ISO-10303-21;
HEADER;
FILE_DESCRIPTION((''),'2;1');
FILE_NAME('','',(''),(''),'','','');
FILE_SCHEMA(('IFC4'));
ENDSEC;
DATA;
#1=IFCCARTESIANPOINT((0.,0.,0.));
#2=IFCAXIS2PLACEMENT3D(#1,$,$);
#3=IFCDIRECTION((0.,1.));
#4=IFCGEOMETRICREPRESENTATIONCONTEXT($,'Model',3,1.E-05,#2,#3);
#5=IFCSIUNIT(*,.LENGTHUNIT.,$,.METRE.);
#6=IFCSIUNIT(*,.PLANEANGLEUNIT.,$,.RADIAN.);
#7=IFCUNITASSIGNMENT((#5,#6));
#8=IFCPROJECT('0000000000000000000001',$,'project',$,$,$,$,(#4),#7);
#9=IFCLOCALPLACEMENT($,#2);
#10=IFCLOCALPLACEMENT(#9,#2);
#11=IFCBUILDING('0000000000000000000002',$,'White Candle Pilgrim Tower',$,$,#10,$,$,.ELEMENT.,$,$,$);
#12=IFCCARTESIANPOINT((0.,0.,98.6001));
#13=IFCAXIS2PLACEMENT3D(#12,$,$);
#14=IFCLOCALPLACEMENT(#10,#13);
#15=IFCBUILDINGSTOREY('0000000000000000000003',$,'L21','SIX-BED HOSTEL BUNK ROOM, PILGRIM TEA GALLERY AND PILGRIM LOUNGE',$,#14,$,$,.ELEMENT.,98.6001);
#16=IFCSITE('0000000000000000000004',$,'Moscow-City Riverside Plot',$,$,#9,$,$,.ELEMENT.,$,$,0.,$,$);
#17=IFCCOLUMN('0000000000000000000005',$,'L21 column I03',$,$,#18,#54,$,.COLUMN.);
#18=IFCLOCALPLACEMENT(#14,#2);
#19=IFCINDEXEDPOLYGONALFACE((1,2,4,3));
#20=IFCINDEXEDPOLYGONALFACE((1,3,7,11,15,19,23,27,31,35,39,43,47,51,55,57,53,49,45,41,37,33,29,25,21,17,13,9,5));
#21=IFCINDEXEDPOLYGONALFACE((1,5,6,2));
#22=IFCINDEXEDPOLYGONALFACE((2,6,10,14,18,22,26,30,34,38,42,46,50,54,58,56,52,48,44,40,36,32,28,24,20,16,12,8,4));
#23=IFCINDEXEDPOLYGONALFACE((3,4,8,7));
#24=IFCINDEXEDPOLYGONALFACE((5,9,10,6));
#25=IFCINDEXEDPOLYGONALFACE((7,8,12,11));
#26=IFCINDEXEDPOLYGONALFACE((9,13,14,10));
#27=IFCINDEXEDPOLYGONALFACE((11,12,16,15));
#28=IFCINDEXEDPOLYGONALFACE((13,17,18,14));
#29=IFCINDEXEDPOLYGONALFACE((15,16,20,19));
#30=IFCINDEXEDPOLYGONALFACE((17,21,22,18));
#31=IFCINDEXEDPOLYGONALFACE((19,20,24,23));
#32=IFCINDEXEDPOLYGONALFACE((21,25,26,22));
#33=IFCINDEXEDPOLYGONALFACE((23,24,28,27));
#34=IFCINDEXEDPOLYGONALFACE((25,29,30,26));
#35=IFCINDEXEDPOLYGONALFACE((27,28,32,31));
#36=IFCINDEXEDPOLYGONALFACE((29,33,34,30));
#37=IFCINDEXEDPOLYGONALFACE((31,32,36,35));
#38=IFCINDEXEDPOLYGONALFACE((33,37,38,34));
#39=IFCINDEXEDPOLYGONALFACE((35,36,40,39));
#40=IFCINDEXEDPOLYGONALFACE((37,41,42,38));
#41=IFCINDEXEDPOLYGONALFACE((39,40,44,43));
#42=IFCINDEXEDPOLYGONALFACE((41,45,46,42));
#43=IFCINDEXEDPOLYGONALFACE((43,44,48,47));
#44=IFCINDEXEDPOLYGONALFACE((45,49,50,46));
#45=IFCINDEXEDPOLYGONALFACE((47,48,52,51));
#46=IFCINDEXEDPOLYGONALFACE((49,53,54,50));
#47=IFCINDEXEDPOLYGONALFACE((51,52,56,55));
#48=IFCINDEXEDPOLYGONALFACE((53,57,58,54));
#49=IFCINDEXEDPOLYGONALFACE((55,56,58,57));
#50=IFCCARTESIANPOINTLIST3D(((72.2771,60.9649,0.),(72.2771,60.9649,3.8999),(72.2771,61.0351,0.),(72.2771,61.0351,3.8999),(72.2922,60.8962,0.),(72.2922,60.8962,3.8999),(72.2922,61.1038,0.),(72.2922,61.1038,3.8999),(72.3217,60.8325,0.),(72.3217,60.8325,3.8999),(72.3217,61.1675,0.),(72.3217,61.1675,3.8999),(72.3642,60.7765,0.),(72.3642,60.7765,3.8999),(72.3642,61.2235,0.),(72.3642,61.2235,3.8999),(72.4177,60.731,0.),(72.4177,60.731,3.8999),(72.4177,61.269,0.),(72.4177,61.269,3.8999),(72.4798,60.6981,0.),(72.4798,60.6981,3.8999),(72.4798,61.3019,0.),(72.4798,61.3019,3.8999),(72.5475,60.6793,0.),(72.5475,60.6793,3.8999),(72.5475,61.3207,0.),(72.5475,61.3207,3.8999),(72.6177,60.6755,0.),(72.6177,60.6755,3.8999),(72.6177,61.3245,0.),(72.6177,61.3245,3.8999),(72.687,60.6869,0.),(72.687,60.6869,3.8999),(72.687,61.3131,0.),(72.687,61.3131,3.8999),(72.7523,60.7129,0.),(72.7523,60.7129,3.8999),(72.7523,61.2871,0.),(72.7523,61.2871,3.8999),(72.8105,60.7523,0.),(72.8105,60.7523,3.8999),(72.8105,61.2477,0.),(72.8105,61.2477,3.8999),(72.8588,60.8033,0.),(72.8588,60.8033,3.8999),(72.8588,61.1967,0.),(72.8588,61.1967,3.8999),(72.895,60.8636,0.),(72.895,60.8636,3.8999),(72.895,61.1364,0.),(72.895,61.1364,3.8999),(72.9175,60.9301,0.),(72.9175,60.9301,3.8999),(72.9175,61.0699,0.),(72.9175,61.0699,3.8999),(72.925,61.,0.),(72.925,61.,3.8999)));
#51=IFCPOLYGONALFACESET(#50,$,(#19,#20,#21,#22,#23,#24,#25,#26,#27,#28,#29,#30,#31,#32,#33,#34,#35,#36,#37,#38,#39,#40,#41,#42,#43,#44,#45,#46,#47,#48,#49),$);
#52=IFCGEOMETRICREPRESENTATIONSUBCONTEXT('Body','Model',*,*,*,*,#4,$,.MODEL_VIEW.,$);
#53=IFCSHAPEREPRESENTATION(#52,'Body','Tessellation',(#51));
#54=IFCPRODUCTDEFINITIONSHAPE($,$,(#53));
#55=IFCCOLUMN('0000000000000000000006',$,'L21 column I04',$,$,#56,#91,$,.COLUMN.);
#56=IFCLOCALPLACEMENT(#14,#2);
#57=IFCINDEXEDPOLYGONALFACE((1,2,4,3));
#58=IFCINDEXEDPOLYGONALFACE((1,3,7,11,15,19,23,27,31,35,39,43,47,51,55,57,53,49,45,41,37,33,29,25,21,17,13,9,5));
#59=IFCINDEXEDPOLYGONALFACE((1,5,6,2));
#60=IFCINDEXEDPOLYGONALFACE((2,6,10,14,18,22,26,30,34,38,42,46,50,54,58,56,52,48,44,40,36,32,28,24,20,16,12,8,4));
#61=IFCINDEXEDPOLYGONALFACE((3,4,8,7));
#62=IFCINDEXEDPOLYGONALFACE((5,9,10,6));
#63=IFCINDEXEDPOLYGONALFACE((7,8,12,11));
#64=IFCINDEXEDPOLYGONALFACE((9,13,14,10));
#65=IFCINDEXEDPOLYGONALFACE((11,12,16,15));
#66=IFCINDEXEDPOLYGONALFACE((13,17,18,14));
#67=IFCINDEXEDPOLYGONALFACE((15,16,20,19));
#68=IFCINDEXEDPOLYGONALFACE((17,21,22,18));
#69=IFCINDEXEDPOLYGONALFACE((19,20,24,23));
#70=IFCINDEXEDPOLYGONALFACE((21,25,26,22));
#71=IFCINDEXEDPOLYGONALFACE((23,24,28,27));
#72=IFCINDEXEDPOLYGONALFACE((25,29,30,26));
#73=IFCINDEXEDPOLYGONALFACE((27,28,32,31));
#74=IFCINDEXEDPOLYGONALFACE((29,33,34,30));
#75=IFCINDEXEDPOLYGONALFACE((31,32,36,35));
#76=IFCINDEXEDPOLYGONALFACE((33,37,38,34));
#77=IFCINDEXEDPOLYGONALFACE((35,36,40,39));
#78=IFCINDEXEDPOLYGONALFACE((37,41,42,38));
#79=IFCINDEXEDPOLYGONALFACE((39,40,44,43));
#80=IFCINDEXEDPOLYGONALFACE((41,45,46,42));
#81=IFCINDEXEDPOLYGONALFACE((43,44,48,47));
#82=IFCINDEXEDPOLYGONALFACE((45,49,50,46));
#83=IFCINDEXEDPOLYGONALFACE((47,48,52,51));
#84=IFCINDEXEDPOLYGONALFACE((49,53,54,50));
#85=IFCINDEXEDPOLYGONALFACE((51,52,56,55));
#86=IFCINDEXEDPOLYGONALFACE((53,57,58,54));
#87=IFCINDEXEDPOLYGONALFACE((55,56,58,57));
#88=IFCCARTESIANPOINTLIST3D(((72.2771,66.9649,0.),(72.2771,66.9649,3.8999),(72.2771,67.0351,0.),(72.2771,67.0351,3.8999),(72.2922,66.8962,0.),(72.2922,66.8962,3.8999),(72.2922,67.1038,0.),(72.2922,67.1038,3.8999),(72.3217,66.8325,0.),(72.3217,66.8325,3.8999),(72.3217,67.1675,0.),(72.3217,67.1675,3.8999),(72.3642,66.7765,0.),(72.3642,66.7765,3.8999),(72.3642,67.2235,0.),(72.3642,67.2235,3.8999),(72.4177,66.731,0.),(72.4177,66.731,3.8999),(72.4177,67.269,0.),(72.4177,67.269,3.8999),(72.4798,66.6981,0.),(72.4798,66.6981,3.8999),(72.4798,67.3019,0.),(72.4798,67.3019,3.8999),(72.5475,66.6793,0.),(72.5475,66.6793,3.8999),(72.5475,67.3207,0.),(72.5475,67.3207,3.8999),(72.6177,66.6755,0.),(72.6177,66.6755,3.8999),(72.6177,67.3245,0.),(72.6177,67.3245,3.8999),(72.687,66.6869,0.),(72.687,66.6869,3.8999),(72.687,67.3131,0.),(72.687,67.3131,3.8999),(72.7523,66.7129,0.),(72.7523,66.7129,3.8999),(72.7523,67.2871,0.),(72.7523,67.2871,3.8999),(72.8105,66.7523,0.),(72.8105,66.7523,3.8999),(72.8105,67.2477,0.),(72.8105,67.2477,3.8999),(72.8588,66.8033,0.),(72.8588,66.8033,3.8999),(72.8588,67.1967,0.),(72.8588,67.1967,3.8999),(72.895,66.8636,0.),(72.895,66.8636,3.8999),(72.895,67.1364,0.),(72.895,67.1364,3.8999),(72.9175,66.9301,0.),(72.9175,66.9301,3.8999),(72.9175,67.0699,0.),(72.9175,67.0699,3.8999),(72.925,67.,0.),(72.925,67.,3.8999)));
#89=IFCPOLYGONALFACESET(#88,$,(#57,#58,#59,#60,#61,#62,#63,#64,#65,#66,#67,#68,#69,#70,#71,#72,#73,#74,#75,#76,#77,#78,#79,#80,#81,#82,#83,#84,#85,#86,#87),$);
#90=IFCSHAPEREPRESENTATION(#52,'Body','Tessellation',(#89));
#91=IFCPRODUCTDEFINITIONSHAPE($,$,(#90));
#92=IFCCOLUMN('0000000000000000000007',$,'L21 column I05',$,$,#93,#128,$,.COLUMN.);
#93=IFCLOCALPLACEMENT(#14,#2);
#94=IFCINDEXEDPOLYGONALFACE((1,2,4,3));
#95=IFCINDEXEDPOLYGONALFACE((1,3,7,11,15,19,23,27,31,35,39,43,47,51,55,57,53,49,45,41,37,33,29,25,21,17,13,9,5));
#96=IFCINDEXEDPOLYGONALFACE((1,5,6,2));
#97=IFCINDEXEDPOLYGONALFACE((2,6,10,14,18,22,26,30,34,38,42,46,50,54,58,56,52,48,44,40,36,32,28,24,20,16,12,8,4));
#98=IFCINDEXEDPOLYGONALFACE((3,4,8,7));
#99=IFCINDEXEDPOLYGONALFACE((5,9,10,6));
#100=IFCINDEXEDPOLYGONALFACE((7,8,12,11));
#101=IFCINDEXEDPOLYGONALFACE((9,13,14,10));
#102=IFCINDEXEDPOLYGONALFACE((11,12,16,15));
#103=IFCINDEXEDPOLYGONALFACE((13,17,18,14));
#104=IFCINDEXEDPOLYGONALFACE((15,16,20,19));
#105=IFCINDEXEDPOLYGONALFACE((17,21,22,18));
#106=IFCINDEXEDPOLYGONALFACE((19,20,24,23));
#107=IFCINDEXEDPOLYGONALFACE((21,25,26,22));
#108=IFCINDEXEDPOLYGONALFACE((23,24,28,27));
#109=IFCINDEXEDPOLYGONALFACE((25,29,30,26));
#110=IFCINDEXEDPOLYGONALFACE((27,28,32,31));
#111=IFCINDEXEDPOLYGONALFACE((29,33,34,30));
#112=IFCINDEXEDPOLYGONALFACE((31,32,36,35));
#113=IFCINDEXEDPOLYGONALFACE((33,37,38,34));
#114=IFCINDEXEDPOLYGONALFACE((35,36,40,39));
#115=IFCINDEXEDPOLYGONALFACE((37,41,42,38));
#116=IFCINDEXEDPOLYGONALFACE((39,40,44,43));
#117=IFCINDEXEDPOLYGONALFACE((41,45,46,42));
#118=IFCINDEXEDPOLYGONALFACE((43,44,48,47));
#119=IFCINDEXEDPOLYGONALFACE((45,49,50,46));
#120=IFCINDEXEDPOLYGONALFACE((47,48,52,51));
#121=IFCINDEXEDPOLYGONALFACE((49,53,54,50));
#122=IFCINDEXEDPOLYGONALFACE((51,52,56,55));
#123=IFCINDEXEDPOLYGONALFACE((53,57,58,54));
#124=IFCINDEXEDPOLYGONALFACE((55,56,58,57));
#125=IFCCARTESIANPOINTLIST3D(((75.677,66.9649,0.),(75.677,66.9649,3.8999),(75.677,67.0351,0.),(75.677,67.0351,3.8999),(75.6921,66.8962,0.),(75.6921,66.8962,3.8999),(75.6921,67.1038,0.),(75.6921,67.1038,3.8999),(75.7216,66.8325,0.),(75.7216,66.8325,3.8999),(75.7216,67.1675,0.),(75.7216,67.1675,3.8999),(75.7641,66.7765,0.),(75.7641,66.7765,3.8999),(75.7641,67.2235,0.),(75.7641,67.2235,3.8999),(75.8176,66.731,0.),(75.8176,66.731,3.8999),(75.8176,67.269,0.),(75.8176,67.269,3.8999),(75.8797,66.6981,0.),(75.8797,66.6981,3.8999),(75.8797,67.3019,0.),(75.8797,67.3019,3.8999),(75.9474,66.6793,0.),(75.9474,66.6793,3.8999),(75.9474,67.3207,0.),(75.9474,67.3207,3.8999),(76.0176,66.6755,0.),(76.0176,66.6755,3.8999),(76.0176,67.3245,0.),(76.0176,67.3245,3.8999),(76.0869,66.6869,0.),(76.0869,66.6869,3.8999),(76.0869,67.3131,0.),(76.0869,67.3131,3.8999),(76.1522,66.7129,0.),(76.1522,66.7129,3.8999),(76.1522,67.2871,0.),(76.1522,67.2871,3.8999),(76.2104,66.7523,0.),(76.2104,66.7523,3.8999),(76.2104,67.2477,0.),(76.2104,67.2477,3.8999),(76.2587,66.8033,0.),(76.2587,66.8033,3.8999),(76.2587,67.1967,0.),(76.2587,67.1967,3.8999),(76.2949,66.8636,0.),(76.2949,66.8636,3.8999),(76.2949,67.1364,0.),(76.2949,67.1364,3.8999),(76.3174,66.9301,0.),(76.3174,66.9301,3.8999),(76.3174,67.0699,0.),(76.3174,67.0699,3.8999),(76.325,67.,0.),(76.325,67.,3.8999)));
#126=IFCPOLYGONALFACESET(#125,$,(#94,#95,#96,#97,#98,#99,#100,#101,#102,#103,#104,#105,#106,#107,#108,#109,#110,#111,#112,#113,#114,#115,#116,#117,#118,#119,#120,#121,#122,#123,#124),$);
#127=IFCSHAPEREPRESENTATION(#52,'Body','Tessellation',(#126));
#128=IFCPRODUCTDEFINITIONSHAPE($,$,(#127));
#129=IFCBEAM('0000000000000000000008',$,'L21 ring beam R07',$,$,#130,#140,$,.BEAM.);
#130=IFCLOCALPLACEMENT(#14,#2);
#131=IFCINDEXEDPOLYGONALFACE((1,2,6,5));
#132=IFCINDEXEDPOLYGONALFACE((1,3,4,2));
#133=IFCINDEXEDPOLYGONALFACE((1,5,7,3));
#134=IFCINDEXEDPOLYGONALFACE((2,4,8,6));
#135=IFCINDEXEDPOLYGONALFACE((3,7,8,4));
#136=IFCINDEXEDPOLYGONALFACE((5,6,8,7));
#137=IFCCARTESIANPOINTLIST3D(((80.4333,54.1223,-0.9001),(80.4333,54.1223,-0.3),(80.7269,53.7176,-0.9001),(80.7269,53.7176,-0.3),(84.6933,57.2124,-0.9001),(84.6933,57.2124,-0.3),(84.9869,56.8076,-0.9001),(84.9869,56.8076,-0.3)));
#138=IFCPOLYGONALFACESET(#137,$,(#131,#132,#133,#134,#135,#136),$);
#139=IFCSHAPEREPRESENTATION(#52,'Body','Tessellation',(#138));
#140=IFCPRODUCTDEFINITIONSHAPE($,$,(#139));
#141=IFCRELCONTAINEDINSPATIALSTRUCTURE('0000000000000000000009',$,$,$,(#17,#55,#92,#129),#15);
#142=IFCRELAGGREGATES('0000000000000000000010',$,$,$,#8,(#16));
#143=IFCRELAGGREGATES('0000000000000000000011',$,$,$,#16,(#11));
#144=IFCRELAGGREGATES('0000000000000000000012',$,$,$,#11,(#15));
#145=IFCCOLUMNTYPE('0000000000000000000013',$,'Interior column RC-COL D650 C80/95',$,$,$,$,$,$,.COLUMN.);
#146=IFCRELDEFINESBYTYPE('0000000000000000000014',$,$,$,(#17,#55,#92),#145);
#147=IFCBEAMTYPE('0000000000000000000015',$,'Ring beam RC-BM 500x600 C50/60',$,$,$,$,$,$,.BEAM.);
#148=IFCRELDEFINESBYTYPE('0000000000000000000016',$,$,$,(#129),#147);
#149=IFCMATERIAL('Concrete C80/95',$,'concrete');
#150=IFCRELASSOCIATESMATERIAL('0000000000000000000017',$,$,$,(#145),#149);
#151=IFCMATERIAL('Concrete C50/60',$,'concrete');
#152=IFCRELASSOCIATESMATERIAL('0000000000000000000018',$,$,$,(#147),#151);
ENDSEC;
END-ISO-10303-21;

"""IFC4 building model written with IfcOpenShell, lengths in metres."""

from ifc_helpers import new_model, si_unit, direction, frame, origin, origin_2d, place, context, subcontext, project, spatial, rectangle, circle, extrude, material, material_profile, profile_set, type_object, element, save


model = new_model("IFC4")

# Units and contexts
model_context = context("Model", 3, precision=1e-05, world=origin(), true_north=direction((0.0, 1.0)))
body_context = subcontext(model_context, "Body", "Model", "MODEL_VIEW")
ifc_project = project(units=[si_unit("LENGTHUNIT", "METRE"), si_unit("PLANEANGLEUNIT", "RADIAN")], contexts=[model_context])

# Site, building, storey
site_placement = place(None, origin())
site = spatial("IfcSite", under=ifc_project, at=site_placement, Name="Moscow-City Riverside Plot", CompositionType="ELEMENT", RefElevation=0.0)
building_placement = place(site_placement, origin())
building = spatial("IfcBuilding", under=site, at=building_placement, Name="White Candle Pilgrim Tower", CompositionType="ELEMENT")
storey_placement = place(building_placement, frame((0.0, 0.0, 98.6001)))
storey = spatial("IfcBuildingStorey", under=building, at=storey_placement, Name="L21", Description="SIX-BED HOSTEL BUNK ROOM, PILGRIM TEA GALLERY AND PILGRIM LOUNGE", CompositionType="ELEMENT", Elevation=98.6001)

# Columns
ifc_material_1 = material(Name="Concrete C80/95", Category="concrete")
ifc_material_profile_1 = material_profile(ifc_material_1, circle(Radius=0.325, at=origin_2d()), Name="RC-COL D650")
ifc_profile_set_1 = profile_set([ifc_material_profile_1], Name="Concrete C80/95")
column_type = type_object("IfcColumnType", Name="Interior column RC-COL D650 C80/95", PredefinedType="COLUMN", material=ifc_profile_set_1)
for number, where, z_axis, x_axis, name in (
    (1, (72.6001, 61.0, 0.0), (0.0, 0.0, 1.0), (1.0, 0.0, 0.0), "L21 column I03"),
    (2, (72.6001, 67.0, 0.0), (0.0, 0.0, 1.0), (1.0, 0.0, 0.0), "L21 column I04"),
    (3, (76.0, 67.0, 0.0), (0.0, 0.0, 1.0), (1.0, 0.0, 0.0), "L21 column I05"),
):
    element("IfcColumn", number, at=place(storey_placement, frame(where, z_axis=z_axis, x_axis=x_axis)), inside=storey, type_object=column_type, Name=name, PredefinedType="COLUMN", context=body_context, shape_type="SweptSolid", body=[
        extrude(circle(Radius=0.325, at=origin_2d()), origin(), (0.0, 0.0, 1.0), 3.8999),
    ])

# Beam
ifc_material_2 = material(Name="Concrete C50/60", Category="concrete")
ifc_material_profile_2 = material_profile(ifc_material_2, rectangle(XDim=0.5, YDim=0.6001, at=origin_2d()), Name="RC-BM 500x600")
ifc_profile_set_2 = profile_set([ifc_material_profile_2], Name="Concrete C50/60")
beam_type = type_object("IfcBeamType", Name="Ring beam RC-BM 500x600 C50/60", PredefinedType="BEAM", material=ifc_profile_set_2)
beam_placement = place(storey_placement, frame((80.5801, 53.9199, -0.6001), z_axis=(0.809468, 0.587164, 0.0), x_axis=(-0.587164, 0.809468, 0.0)))
element("IfcBeam", 4, at=beam_placement, inside=storey, type_object=beam_type, Name="L21 ring beam R07", PredefinedType="BEAM", context=body_context, shape_type="SweptSolid", body=[
    extrude(rectangle(XDim=0.5, YDim=0.6001, at=origin_2d()), origin(), (0.0, 0.0, 1.0), 5.2627),
])

save(model, "model.ifc")
